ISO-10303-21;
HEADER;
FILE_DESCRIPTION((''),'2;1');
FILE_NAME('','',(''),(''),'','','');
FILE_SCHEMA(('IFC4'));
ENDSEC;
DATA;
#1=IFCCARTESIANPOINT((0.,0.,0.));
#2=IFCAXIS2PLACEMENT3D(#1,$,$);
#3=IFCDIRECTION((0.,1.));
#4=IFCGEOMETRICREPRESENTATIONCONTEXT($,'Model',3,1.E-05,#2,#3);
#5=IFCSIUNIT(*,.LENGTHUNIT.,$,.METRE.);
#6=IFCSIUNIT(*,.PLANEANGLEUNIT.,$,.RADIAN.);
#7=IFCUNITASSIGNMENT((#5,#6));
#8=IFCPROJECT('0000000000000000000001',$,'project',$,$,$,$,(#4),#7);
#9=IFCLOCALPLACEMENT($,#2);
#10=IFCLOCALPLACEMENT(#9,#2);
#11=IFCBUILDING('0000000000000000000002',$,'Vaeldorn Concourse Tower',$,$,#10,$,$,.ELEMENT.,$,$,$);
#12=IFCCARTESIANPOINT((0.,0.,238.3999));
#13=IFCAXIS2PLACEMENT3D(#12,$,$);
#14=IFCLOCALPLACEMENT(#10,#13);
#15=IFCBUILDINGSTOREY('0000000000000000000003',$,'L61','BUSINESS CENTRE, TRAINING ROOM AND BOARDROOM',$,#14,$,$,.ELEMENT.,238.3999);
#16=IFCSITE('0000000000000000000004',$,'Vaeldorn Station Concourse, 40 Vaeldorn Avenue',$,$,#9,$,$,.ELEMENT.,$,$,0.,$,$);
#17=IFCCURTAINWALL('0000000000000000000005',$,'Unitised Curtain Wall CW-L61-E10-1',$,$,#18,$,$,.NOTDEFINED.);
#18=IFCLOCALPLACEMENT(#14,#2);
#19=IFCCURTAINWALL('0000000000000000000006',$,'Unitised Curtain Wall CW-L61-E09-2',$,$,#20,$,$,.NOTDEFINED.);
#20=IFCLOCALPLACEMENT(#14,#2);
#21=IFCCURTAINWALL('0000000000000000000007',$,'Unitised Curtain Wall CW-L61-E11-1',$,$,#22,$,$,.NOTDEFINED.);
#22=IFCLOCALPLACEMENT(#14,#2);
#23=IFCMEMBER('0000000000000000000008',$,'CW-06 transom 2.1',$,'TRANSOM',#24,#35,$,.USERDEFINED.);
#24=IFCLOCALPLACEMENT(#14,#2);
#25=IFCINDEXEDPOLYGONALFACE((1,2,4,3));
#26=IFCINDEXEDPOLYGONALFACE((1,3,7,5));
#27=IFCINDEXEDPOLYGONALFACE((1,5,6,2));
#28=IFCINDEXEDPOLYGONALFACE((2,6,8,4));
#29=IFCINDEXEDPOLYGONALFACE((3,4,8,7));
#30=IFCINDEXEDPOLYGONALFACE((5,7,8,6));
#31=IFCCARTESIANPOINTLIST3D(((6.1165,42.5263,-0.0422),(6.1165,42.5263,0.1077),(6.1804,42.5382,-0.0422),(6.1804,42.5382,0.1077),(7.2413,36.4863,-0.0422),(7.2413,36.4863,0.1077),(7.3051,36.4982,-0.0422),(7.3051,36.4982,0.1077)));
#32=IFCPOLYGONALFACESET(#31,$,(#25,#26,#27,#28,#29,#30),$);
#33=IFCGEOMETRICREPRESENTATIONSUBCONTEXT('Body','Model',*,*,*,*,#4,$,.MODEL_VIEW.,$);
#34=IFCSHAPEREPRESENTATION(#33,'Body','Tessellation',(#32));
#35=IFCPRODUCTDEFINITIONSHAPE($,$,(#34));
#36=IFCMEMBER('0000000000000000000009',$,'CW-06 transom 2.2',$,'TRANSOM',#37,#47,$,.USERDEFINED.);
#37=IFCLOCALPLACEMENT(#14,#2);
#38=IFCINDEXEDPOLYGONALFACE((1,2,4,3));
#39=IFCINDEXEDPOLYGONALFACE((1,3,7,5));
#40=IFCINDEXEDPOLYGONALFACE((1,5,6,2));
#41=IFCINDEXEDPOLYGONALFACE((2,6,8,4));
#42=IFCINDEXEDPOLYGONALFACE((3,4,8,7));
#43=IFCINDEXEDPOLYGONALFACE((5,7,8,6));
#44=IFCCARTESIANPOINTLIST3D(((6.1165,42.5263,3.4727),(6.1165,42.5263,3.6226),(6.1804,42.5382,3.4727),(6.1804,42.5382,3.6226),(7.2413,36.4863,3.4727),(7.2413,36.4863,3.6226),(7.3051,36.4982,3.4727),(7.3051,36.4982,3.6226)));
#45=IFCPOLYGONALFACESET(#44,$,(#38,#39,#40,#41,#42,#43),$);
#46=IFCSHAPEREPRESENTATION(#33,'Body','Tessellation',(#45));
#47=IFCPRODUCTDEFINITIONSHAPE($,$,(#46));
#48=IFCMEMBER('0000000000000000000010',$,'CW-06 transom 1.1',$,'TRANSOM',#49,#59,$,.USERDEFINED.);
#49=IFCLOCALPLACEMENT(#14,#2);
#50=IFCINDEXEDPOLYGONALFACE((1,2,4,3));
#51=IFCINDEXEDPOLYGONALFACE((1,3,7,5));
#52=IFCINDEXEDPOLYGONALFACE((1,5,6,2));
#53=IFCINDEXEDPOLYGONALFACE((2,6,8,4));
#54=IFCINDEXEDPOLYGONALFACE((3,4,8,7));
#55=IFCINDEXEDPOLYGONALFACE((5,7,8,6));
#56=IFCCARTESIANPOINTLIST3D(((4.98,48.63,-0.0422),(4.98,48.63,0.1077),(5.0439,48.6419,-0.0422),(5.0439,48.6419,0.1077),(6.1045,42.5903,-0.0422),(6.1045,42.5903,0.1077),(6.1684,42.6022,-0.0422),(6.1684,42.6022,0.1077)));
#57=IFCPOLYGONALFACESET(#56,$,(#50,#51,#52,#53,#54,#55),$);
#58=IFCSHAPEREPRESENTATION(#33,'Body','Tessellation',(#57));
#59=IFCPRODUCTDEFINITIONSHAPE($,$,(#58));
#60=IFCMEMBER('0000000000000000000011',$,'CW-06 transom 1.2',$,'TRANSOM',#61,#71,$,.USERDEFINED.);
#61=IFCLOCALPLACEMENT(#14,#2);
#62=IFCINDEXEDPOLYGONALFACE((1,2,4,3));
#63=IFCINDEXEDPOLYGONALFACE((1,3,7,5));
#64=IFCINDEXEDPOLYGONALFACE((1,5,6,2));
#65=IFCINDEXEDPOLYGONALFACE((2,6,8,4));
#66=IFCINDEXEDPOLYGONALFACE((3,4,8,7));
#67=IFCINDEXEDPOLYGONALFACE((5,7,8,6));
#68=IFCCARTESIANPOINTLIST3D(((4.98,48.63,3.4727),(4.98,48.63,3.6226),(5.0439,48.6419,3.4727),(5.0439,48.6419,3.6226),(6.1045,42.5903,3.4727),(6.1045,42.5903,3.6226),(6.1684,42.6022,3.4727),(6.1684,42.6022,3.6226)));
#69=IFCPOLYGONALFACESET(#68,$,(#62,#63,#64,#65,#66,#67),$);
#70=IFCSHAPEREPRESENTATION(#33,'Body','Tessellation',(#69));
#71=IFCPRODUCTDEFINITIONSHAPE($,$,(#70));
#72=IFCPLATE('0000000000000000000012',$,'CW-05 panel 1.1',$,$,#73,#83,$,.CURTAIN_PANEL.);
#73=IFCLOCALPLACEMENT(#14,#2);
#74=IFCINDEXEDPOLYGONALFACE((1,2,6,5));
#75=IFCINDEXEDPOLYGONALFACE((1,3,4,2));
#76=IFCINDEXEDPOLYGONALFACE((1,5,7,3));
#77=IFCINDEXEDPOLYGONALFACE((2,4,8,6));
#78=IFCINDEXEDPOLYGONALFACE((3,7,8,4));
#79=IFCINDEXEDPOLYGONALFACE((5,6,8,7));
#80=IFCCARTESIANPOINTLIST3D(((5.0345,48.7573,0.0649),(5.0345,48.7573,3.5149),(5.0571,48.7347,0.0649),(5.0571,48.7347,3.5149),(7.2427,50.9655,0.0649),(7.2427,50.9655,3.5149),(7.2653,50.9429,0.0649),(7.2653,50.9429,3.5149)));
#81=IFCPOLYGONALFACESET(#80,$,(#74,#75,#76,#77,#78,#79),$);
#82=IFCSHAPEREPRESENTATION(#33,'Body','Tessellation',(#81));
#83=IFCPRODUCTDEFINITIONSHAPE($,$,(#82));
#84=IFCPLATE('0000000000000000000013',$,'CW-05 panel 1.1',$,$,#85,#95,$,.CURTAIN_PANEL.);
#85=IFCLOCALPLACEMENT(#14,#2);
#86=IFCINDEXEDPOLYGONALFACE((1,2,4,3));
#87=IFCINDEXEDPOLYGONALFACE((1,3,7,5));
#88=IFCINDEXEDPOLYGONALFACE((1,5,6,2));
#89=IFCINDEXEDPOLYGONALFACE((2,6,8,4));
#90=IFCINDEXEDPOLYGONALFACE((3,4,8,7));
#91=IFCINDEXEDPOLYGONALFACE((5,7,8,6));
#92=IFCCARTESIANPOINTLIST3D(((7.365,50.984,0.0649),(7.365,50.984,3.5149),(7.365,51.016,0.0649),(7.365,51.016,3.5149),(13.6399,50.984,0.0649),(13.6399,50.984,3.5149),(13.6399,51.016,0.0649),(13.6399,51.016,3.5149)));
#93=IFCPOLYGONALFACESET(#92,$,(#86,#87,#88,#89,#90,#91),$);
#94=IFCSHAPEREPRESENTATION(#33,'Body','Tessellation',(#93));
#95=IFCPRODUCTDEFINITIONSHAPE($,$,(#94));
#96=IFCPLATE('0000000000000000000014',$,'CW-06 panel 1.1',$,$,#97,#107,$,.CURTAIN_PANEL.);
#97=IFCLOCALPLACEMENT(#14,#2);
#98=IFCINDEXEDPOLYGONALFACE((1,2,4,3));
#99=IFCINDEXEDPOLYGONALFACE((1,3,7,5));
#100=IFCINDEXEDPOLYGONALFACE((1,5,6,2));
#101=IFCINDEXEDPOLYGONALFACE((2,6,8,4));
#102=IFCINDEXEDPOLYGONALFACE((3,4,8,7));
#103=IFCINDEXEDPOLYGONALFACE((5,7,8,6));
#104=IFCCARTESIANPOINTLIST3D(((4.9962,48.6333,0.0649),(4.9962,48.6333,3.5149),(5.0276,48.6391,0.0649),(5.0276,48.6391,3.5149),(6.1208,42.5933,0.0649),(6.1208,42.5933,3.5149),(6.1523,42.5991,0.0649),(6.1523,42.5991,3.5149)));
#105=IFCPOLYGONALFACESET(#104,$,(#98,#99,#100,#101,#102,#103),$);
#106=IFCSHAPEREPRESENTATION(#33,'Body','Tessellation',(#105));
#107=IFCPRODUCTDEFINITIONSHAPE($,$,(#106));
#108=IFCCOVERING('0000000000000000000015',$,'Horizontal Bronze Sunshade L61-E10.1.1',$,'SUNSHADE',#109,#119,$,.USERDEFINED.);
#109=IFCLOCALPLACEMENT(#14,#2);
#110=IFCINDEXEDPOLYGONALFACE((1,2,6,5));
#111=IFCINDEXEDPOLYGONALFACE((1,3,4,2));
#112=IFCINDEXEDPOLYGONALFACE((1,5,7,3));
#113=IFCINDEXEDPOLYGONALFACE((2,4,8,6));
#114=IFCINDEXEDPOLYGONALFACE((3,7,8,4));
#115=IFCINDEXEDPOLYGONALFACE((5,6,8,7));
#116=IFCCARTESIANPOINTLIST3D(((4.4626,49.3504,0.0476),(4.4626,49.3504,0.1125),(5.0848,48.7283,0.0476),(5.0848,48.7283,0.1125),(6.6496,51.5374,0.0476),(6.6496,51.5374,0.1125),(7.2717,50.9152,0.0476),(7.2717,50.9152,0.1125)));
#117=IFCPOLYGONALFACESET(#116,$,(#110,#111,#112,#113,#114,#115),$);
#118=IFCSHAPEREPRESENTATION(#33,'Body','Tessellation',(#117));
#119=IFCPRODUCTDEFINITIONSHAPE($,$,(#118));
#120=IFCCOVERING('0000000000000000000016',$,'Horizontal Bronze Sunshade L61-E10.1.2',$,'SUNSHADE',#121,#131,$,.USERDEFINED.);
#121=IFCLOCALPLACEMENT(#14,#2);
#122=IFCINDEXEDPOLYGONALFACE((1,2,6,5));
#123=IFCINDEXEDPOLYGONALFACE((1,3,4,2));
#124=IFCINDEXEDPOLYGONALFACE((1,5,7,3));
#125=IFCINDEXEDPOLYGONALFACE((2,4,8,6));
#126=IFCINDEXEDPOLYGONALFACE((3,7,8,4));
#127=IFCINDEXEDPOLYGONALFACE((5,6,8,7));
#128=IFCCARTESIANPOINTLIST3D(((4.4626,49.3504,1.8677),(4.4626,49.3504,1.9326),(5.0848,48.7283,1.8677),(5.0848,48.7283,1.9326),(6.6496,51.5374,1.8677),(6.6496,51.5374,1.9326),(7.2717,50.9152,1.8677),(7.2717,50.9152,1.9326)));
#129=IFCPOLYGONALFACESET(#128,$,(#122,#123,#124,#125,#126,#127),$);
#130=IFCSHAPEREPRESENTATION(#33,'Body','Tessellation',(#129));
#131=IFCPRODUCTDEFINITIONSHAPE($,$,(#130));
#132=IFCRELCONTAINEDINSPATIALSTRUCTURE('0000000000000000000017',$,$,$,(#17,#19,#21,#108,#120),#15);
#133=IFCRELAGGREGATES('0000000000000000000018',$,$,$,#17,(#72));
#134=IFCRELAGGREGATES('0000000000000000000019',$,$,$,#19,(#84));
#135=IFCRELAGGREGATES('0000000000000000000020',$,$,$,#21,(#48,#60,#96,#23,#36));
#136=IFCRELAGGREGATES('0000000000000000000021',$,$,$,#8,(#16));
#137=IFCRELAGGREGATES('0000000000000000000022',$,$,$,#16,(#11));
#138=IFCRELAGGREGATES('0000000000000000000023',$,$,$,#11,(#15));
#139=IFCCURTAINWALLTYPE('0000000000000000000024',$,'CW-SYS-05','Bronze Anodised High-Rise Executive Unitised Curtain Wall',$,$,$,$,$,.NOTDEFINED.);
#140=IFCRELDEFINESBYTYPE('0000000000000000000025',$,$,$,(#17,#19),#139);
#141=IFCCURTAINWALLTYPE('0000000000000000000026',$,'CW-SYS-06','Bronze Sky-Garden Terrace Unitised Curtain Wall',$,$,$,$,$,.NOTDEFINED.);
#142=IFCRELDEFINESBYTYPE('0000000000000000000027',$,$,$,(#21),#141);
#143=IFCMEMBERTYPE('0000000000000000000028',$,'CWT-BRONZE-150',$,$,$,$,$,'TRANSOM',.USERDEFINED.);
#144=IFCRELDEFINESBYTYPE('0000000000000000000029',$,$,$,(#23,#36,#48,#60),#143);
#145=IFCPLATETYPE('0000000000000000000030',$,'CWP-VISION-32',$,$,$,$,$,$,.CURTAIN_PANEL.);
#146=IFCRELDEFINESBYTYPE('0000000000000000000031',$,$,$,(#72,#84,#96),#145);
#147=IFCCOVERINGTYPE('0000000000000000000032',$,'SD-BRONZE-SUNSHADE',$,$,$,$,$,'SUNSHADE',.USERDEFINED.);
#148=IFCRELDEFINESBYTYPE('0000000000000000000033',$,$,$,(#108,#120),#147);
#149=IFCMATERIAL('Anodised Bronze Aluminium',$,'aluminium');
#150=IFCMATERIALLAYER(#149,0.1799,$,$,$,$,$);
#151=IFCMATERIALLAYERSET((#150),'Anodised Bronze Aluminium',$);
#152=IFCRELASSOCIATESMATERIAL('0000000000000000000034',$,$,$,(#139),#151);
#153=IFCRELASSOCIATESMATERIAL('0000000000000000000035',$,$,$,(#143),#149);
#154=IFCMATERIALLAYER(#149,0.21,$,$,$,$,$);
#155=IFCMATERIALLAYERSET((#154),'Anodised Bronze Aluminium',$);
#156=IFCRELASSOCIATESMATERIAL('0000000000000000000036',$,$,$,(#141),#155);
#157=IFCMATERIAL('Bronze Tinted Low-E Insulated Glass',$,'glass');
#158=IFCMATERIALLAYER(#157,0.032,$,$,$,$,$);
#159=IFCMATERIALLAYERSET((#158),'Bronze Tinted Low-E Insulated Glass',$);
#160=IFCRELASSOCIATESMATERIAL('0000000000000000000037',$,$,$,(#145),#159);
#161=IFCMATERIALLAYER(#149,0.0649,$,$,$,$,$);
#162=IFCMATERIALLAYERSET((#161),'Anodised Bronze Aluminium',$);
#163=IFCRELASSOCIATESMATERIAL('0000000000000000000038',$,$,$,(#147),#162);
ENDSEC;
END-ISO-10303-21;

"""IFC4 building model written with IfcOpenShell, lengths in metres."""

from ifc_helpers import new_model, si_unit, direction, frame, origin, origin_2d, place, context, subcontext, project, spatial, rectangle, extrude, source, transform, mapped, material, layer, layer_set, material_profile, profile_set, type_object, element, aggregate, save


model = new_model("IFC4")

# Units and contexts
model_context = context("Model", 3, precision=1e-05, world=origin(), true_north=direction((0.0, 1.0)))
body_context = subcontext(model_context, "Body", "Model", "MODEL_VIEW")
ifc_project = project(units=[si_unit("LENGTHUNIT", "METRE"), si_unit("PLANEANGLEUNIT", "RADIAN")], contexts=[model_context])

# Site, building, storey
site_placement = place(None, origin())
site = spatial("IfcSite", under=ifc_project, at=site_placement, Name="Vaeldorn Station Concourse, 40 Vaeldorn Avenue", CompositionType="ELEMENT", RefElevation=0.0)
building_placement = place(site_placement, origin())
building = spatial("IfcBuilding", under=site, at=building_placement, Name="Vaeldorn Concourse Tower", CompositionType="ELEMENT")
storey_placement = place(building_placement, frame((0.0, 0.0, 238.3999)))
storey = spatial("IfcBuildingStorey", under=building, at=storey_placement, Name="L61", Description="BUSINESS CENTRE, TRAINING ROOM AND BOARDROOM", CompositionType="ELEMENT", Elevation=238.3999)

# Curtain walls
ifc_material_1 = material(Name="Anodised Bronze Aluminium", Category="aluminium")
ifc_layer_1 = layer(ifc_material_1, 0.1799)
ifc_layer_set_1 = layer_set([ifc_layer_1], Name="Anodised Bronze Aluminium")
curtain_wall_type_1 = type_object("IfcCurtainWallType", Name="CW-SYS-05", Description="Bronze Anodised High-Rise Executive Unitised Curtain Wall", PredefinedType="NOTDEFINED", material=ifc_layer_set_1)
curtain_wall_1_placement = place(storey_placement, origin())
curtain_wall_1 = element("IfcCurtainWall", 1, at=curtain_wall_1_placement, inside=storey, type_object=curtain_wall_type_1, Name="Unitised Curtain Wall CW-L61-E10-1", PredefinedType="NOTDEFINED")
ifc_material_profile_1 = material_profile(ifc_material_1, rectangle(XDim=0.0649, YDim=0.1499, at=origin_2d()), Name="CWT 65x150")
ifc_profile_set_1 = profile_set([ifc_material_profile_1], Name="Anodised Bronze Aluminium")
member_type_1 = type_object("IfcMemberType", Name="CWT-BRONZE-150", ElementType="TRANSOM", PredefinedType="USERDEFINED", material=ifc_profile_set_1)
curtain_wall_2_placement = place(storey_placement, origin())
curtain_wall_2 = element("IfcCurtainWall", 2, at=curtain_wall_2_placement, inside=storey, type_object=curtain_wall_type_1, Name="Unitised Curtain Wall CW-L61-E09-2", PredefinedType="NOTDEFINED")

# Curtain wall
ifc_layer_2 = layer(ifc_material_1, 0.21)
ifc_layer_set_2 = layer_set([ifc_layer_2], Name="Anodised Bronze Aluminium")
curtain_wall_type_2 = type_object("IfcCurtainWallType", Name="CW-SYS-06", Description="Bronze Sky-Garden Terrace Unitised Curtain Wall", PredefinedType="NOTDEFINED", material=ifc_layer_set_2)
curtain_wall_3_placement = place(storey_placement, origin())
curtain_wall_3 = element("IfcCurtainWall", 3, at=curtain_wall_3_placement, inside=storey, type_object=curtain_wall_type_2, Name="Unitised Curtain Wall CW-L61-E11-1", PredefinedType="NOTDEFINED")

# Members
shared_shape_1 = source(origin(), body_context, "Body", "SweptSolid", [
    extrude(rectangle(XDim=0.0649, YDim=0.1499, at=origin_2d()), origin(), (0.0, 0.0, 1.0), 6.1438),
])
member_1_placement = place(storey_placement, frame((6.1484, 42.5322, 0.0327), z_axis=(0.18307, -0.9831, 0.0), x_axis=(0.9831, 0.18307, 0.0)))
member_1 = element("IfcMember", 4, at=member_1_placement, type_object=member_type_1, Name="CW-06 transom 2.1", ObjectType="TRANSOM", PredefinedType="USERDEFINED", context=body_context, shape_type="MappedRepresentation", body=[
    mapped(shared_shape_1, transform((0.0, 0.0, 0.0), scale=1.0)),
])
member_2_placement = place(storey_placement, frame((6.1484, 42.5322, 3.5476), z_axis=(0.18307, -0.9831, 0.0), x_axis=(0.9831, 0.18307, 0.0)))
member_2 = element("IfcMember", 5, at=member_2_placement, type_object=member_type_1, Name="CW-06 transom 2.2", ObjectType="TRANSOM", PredefinedType="USERDEFINED", context=body_context, shape_type="MappedRepresentation", body=[
    mapped(shared_shape_1, transform((0.0, 0.0, 0.0), scale=1.0)),
])
shared_shape_2 = source(origin(), body_context, "Body", "SweptSolid", [
    extrude(rectangle(XDim=0.0649, YDim=0.1499, at=origin_2d()), origin(), (0.0, 0.0, 1.0), 6.1436),
])
member_3_placement = place(storey_placement, frame((5.012, 48.636, 0.0327), z_axis=(0.183038, -0.983106, 0.0), x_axis=(0.983106, 0.183038, 0.0)))
member_3 = element("IfcMember", 6, at=member_3_placement, type_object=member_type_1, Name="CW-06 transom 1.1", ObjectType="TRANSOM", PredefinedType="USERDEFINED", context=body_context, shape_type="MappedRepresentation", body=[
    mapped(shared_shape_2, transform((0.0, 0.0, 0.0), scale=1.0)),
])
member_4_placement = place(storey_placement, frame((5.012, 48.636, 3.5476), z_axis=(0.183038, -0.983106, 0.0), x_axis=(0.983106, 0.183038, 0.0)))
member_4 = element("IfcMember", 7, at=member_4_placement, type_object=member_type_1, Name="CW-06 transom 1.2", ObjectType="TRANSOM", PredefinedType="USERDEFINED", context=body_context, shape_type="MappedRepresentation", body=[
    mapped(shared_shape_2, transform((0.0, 0.0, 0.0), scale=1.0)),
])

# Plates
ifc_material_2 = material(Name="Bronze Tinted Low-E Insulated Glass", Category="glass")
ifc_layer_3 = layer(ifc_material_2, 0.032)
ifc_layer_set_3 = layer_set([ifc_layer_3], Name="Bronze Tinted Low-E Insulated Glass")
plate_type = type_object("IfcPlateType", Name="CWP-VISION-32", PredefinedType="CURTAIN_PANEL", material=ifc_layer_set_3)
shared_shape_3 = source(origin(), body_context, "Body", "SweptSolid", [
    extrude(rectangle(XDim=3.1228, YDim=0.032, at=origin_2d()), origin(), (0.0, 0.0, 1.0), 3.45),
])
plate_1_placement = place(storey_placement, frame((6.1499, 49.8501, 0.0649), z_axis=(0.0, 0.0, 1.0), x_axis=(-0.707107, -0.707107, 0.0)))
plate_1 = element("IfcPlate", 8, at=plate_1_placement, type_object=plate_type, Name="CW-05 panel 1.1", PredefinedType="CURTAIN_PANEL", context=body_context, shape_type="MappedRepresentation", body=[
    mapped(shared_shape_3, transform((0.0, 0.0, 0.0), scale=1.0)),
])
aggregate(curtain_wall_1, [plate_1])
shared_shape_4 = source(origin(), body_context, "Body", "SweptSolid", [
    extrude(rectangle(XDim=6.2749, YDim=0.032, at=origin_2d()), origin(), (0.0, 0.0, 1.0), 3.45),
])
plate_2_placement = place(storey_placement, frame((10.5024, 51.0, 0.0649), z_axis=(0.0, 0.0, 1.0), x_axis=(-1.0, 0.0, 0.0)))
plate_2 = element("IfcPlate", 9, at=plate_2_placement, type_object=plate_type, Name="CW-05 panel 1.1", PredefinedType="CURTAIN_PANEL", context=body_context, shape_type="MappedRepresentation", body=[
    mapped(shared_shape_4, transform((0.0, 0.0, 0.0), scale=1.0)),
])
aggregate(curtain_wall_2, [plate_2])
shared_shape_5 = source(origin(), body_context, "Body", "SweptSolid", [
    extrude(rectangle(XDim=6.1438, YDim=0.032, at=origin_2d()), origin(), (0.0, 0.0, 1.0), 3.45),
])
plate_3_placement = place(storey_placement, frame((5.5742, 45.6162, 0.0649), z_axis=(0.0, 0.0, 1.0), x_axis=(0.183054, -0.983103, 0.0)))
plate_3 = element("IfcPlate", 10, at=plate_3_placement, type_object=plate_type, Name="CW-06 panel 1.1", PredefinedType="CURTAIN_PANEL", context=body_context, shape_type="MappedRepresentation", body=[
    mapped(shared_shape_5, transform((0.0, 0.0, 0.0), scale=1.0)),
])
aggregate(curtain_wall_3, [member_3, member_4, plate_3, member_1, member_2])

# Coverings
ifc_layer_4 = layer(ifc_material_1, 0.0649)
ifc_layer_set_4 = layer_set([ifc_layer_4], Name="Anodised Bronze Aluminium")
covering_type = type_object("IfcCoveringType", Name="SD-BRONZE-SUNSHADE", ElementType="SUNSHADE", PredefinedType="USERDEFINED", material=ifc_layer_set_4)
shared_shape_6 = source(origin(), body_context, "Body", "SweptSolid", [
    extrude(rectangle(XDim=3.0928, YDim=0.8799, at=origin_2d()), origin(), (0.0, 0.0, 1.0), 0.0649),
])
for number, where, z_axis, x_axis, name in (
    (11, (5.8672, 50.1328, 0.0476), (0.0, 0.0, 1.0), (-0.707107, -0.707107, 0.0), "Horizontal Bronze Sunshade L61-E10.1.1"),
    (12, (5.8672, 50.1328, 1.8677), (0.0, 0.0, 1.0), (-0.707107, -0.707107, 0.0), "Horizontal Bronze Sunshade L61-E10.1.2"),
):
    element("IfcCovering", number, at=place(storey_placement, frame(where, z_axis=z_axis, x_axis=x_axis)), inside=storey, type_object=covering_type, Name=name, ObjectType="SUNSHADE", PredefinedType="USERDEFINED", context=body_context, shape_type="MappedRepresentation", body=[
        mapped(shared_shape_6, transform((0.0, 0.0, 0.0), scale=1.0)),
    ])

save(model, "model.ifc")
